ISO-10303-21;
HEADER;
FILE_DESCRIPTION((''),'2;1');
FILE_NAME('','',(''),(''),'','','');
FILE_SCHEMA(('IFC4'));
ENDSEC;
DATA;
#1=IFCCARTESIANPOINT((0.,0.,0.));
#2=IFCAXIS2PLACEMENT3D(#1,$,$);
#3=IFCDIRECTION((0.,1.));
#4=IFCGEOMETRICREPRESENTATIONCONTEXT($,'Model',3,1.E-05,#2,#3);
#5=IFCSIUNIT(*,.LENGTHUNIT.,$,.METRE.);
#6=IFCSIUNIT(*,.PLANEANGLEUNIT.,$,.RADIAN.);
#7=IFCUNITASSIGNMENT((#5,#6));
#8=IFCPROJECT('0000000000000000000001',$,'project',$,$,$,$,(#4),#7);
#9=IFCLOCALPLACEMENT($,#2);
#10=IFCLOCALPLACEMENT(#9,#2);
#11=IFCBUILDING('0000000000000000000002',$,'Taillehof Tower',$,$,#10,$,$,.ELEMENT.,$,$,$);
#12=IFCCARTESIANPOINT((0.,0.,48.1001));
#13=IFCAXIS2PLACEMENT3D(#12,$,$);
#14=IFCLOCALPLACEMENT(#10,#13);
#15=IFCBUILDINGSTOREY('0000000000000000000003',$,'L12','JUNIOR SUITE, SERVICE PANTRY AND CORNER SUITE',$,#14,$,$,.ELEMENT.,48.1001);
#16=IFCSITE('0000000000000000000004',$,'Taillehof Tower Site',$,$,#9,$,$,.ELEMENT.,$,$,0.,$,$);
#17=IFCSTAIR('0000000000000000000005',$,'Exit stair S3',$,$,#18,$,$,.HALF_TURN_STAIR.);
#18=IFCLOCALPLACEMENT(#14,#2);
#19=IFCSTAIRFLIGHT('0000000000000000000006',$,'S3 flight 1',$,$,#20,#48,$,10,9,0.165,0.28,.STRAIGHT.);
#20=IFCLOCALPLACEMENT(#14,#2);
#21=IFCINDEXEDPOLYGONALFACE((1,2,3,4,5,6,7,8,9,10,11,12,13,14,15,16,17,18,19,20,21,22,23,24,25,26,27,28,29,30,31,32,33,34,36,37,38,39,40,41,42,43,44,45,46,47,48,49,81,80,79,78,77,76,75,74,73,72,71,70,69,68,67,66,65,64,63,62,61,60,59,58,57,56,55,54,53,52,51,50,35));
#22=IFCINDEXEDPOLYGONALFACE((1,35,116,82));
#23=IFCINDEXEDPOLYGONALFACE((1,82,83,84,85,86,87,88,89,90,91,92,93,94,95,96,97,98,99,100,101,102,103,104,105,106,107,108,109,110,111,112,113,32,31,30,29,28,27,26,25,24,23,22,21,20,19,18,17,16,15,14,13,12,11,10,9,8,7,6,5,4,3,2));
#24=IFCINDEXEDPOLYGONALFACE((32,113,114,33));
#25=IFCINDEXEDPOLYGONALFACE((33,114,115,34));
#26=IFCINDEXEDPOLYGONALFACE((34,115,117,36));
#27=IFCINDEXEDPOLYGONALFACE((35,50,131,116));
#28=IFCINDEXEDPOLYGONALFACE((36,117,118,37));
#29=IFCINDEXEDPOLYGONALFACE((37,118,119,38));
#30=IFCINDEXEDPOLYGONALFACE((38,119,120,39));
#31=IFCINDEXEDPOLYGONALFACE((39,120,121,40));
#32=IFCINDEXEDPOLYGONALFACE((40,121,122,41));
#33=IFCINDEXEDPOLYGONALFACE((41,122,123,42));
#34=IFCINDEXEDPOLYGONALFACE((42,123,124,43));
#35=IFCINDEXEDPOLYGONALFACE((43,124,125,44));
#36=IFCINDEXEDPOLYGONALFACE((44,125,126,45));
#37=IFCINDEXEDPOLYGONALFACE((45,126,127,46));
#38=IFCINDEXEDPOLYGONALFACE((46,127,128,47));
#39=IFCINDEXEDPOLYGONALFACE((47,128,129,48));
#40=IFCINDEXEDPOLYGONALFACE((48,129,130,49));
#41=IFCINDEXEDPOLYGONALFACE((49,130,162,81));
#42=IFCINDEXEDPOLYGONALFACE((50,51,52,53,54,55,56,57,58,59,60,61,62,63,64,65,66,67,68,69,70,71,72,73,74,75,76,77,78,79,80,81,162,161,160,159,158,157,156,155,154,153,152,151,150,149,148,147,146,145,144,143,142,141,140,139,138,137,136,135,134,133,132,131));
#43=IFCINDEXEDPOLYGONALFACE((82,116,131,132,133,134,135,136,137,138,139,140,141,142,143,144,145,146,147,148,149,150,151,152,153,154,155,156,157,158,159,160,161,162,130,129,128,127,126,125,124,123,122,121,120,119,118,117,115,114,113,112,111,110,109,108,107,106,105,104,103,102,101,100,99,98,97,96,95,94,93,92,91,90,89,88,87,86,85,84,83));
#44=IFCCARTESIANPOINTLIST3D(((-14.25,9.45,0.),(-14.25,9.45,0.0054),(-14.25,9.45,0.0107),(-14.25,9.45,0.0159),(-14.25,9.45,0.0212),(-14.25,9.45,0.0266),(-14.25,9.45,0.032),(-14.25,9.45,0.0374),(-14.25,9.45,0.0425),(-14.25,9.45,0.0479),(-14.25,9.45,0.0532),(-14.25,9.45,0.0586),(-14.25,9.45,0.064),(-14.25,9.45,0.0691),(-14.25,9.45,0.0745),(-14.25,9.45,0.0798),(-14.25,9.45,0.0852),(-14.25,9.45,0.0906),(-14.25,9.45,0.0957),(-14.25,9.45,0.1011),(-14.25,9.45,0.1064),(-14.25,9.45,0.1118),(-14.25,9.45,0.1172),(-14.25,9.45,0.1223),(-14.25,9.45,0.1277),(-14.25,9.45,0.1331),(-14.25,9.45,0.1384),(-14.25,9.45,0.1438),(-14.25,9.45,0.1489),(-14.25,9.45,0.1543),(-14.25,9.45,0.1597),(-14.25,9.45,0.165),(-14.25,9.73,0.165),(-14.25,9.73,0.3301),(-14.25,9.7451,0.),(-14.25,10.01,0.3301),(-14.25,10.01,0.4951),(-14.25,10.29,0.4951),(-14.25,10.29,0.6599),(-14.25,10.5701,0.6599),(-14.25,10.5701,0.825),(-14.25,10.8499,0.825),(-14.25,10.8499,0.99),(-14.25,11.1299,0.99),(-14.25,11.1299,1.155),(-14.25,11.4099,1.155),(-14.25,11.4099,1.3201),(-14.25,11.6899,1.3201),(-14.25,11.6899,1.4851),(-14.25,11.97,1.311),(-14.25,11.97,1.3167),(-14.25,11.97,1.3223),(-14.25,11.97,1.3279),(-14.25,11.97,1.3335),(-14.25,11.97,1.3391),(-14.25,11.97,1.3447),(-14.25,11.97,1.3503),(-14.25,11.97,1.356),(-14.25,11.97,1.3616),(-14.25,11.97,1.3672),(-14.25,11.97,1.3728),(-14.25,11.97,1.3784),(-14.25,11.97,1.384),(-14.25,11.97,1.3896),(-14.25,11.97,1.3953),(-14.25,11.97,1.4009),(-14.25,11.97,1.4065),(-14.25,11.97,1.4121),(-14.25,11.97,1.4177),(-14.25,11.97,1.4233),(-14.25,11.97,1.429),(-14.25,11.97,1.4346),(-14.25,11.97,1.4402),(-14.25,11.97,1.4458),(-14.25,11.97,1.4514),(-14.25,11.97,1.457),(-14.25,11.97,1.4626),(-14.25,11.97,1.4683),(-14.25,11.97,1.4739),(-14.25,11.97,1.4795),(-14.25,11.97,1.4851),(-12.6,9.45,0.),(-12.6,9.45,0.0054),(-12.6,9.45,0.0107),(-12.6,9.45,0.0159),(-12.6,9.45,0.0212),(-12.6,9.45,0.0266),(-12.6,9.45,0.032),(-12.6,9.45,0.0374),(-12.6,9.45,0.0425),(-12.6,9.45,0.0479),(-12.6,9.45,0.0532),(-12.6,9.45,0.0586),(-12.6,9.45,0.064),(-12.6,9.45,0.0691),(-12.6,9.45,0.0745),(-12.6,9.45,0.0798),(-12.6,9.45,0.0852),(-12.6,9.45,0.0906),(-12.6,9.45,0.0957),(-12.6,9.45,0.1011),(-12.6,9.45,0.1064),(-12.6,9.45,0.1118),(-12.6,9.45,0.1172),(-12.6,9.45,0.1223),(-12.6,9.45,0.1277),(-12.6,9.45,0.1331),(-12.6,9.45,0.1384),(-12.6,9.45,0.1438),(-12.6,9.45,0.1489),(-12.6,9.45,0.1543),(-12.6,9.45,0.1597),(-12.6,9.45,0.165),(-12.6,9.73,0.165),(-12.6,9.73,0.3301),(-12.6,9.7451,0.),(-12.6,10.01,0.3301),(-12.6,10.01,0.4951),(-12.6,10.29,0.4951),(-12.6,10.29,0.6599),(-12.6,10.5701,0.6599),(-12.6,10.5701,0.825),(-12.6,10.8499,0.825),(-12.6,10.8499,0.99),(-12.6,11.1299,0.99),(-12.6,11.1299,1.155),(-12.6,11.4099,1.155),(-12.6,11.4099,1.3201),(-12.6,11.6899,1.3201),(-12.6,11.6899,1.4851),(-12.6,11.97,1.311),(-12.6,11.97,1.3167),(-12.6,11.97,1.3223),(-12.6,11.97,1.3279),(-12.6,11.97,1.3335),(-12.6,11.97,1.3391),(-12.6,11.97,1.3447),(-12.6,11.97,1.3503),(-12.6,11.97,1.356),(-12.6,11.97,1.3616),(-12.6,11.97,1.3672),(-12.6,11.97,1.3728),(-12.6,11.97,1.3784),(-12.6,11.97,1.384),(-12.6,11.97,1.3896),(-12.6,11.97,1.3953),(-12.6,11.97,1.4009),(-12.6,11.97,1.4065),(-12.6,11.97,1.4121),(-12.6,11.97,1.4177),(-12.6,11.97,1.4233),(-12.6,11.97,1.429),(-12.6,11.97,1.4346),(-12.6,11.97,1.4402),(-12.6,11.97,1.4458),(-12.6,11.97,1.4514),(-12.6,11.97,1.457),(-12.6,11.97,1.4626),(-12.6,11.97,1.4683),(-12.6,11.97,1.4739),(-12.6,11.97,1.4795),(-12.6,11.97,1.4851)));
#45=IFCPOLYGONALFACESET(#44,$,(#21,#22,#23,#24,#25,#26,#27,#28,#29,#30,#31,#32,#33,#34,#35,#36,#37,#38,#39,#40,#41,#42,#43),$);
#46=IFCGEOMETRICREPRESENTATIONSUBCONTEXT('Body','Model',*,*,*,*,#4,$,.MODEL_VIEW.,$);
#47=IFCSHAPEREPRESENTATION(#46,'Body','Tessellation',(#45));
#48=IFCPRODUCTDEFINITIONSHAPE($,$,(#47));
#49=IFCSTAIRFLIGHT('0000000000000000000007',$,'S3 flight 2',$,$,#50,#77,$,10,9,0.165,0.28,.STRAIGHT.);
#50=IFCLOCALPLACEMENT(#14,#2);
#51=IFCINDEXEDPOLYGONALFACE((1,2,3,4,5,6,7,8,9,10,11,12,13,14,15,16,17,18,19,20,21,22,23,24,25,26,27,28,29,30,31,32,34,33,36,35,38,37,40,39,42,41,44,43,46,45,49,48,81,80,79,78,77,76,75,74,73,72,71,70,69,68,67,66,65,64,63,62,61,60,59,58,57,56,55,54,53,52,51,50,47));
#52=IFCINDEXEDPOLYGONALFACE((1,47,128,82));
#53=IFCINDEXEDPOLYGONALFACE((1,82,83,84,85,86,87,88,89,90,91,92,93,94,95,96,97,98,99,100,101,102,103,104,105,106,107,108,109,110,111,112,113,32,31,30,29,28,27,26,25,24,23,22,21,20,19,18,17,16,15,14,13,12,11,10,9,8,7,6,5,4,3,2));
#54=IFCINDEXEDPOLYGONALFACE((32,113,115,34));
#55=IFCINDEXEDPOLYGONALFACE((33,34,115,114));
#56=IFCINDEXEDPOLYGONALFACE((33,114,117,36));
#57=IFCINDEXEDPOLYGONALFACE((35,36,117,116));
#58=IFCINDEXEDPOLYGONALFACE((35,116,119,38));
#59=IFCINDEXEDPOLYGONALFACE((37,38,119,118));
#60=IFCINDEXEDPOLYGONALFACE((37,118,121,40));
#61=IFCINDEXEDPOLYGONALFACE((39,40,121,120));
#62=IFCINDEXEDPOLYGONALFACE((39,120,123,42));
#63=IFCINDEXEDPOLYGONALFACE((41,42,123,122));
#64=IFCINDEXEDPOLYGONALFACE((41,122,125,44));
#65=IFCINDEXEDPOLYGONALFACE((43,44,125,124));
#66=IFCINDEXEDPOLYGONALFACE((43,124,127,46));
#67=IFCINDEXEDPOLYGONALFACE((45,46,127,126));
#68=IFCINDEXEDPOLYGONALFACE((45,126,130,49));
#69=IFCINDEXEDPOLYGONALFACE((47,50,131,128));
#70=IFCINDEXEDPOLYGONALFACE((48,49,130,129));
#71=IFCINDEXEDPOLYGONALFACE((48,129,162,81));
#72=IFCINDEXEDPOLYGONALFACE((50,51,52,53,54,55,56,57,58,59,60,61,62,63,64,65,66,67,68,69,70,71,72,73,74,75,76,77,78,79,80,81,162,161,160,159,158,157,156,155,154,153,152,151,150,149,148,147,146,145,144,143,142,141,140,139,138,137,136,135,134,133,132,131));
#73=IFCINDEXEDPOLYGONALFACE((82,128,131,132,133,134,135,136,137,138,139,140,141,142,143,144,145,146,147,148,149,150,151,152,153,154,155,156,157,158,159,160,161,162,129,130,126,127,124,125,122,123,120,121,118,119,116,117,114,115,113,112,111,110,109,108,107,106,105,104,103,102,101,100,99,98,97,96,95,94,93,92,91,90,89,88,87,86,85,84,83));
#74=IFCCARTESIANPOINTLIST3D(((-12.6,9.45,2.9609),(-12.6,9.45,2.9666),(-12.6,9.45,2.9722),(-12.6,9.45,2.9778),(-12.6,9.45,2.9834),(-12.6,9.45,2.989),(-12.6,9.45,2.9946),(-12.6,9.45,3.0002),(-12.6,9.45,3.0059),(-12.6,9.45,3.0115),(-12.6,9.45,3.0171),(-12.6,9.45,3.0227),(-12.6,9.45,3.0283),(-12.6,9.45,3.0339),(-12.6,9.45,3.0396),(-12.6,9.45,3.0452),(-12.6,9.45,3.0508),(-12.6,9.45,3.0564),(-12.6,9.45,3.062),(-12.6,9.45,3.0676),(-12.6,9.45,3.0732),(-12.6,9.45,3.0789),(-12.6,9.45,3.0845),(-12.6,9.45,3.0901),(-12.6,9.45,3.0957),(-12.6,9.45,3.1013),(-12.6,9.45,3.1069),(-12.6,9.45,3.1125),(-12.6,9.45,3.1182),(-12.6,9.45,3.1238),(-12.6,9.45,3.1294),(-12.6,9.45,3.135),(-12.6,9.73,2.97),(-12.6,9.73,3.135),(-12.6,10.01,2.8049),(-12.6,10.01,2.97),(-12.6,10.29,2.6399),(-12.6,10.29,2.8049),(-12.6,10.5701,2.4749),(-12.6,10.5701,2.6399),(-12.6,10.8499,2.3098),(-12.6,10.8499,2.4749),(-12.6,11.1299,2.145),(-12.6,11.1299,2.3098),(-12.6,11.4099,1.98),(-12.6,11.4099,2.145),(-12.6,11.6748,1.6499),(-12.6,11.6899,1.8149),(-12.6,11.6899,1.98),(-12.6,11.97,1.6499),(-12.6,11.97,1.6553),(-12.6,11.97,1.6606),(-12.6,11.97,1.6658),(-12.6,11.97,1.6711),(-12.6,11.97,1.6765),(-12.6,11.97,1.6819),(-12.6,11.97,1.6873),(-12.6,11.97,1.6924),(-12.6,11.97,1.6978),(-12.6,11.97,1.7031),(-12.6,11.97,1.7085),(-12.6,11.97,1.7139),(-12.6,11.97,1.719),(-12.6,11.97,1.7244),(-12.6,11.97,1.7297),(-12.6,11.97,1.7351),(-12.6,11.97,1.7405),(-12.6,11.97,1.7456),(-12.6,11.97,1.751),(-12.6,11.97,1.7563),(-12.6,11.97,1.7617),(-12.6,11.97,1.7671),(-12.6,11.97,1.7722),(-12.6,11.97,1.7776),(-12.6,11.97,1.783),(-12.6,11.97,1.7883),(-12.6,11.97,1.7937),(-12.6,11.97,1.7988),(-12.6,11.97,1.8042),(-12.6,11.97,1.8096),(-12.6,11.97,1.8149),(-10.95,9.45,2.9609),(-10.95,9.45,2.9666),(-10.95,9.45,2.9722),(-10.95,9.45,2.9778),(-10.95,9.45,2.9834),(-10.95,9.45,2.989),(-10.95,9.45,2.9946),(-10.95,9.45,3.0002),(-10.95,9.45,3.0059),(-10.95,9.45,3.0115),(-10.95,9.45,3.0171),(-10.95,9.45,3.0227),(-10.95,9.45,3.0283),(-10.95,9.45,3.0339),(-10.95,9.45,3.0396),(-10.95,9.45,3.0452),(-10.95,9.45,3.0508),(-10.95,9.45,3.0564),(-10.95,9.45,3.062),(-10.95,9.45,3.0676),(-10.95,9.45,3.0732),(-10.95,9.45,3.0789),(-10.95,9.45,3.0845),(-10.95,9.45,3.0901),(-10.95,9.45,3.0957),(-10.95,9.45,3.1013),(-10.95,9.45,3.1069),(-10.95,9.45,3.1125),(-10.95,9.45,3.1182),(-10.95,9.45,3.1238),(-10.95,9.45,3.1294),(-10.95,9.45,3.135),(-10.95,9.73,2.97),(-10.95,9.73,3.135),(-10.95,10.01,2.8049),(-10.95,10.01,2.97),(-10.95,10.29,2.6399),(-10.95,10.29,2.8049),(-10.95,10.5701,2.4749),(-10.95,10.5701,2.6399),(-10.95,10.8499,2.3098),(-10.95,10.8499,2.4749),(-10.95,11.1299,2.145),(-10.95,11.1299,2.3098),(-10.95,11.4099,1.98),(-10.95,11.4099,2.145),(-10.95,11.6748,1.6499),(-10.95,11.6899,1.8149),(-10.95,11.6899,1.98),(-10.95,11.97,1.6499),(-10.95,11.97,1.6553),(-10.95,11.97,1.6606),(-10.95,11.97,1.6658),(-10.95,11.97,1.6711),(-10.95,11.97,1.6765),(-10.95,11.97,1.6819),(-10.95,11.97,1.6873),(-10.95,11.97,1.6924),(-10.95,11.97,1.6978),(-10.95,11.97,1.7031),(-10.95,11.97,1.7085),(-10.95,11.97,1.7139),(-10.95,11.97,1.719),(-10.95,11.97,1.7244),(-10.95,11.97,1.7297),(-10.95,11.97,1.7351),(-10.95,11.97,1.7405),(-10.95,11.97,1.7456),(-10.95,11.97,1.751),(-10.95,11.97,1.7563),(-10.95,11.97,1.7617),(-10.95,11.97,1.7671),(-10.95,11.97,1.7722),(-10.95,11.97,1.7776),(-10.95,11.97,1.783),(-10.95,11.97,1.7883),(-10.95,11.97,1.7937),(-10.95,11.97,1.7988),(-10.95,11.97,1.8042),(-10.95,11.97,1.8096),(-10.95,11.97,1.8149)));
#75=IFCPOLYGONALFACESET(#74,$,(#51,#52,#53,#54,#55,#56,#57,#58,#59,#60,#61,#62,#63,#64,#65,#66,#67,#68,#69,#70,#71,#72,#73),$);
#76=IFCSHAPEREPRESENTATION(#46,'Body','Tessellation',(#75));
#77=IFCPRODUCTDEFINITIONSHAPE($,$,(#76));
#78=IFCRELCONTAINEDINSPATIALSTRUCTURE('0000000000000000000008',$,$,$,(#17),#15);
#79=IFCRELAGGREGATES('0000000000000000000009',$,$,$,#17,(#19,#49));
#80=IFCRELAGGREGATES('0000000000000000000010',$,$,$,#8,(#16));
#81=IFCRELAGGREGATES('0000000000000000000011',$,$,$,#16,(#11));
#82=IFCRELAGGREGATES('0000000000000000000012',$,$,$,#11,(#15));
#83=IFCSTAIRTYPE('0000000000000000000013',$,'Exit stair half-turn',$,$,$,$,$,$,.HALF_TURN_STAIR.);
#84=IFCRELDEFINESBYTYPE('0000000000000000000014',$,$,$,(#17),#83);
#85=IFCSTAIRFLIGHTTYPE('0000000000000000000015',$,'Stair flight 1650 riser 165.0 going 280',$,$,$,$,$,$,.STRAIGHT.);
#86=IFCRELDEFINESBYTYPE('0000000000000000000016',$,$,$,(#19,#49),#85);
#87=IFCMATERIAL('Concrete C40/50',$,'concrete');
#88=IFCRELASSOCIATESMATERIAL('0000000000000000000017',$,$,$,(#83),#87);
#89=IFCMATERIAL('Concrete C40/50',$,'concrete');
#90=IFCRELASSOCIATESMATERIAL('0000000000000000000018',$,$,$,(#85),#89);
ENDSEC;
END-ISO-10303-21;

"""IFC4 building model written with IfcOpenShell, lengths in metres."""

from ifc_helpers import new_model, si_unit, direction, frame, origin, place, context, subcontext, project, spatial, polyline, outline, extrude, material, type_object, element, aggregate, save


model = new_model("IFC4")

# Units and contexts
model_context = context("Model", 3, precision=1e-05, world=origin(), true_north=direction((0.0, 1.0)))
body_context = subcontext(model_context, "Body", "Model", "MODEL_VIEW")
ifc_project = project(units=[si_unit("LENGTHUNIT", "METRE"), si_unit("PLANEANGLEUNIT", "RADIAN")], contexts=[model_context])

# Site, building, storey
site_placement = place(None, origin())
site = spatial("IfcSite", under=ifc_project, at=site_placement, Name="Taillehof Tower Site", CompositionType="ELEMENT", RefElevation=0.0)
building_placement = place(site_placement, origin())
building = spatial("IfcBuilding", under=site, at=building_placement, Name="Taillehof Tower", CompositionType="ELEMENT")
storey_placement = place(building_placement, frame((0.0, 0.0, 48.1001)))
storey = spatial("IfcBuildingStorey", under=building, at=storey_placement, Name="L12", Description="JUNIOR SUITE, SERVICE PANTRY AND CORNER SUITE", CompositionType="ELEMENT", Elevation=48.1001)

# Stair, stair flights
ifc_material_1 = material(Name="Concrete C40/50", Category="concrete")
stair_type = type_object("IfcStairType", Name="Exit stair half-turn", PredefinedType="HALF_TURN_STAIR", material=ifc_material_1)
stair_placement = place(storey_placement, origin())
stair = element("IfcStair", 1, at=stair_placement, inside=storey, type_object=stair_type, Name="Exit stair S3", PredefinedType="HALF_TURN_STAIR")
ifc_material_2 = material(Name="Concrete C40/50", Category="concrete")
stair_flight_type = type_object("IfcStairFlightType", Name="Stair flight 1650 riser 165.0 going 280", PredefinedType="STRAIGHT", material=ifc_material_2)
stair_flight_1_placement = place(storey_placement, frame((-13.425, 9.45, 0.0), z_axis=(0.0, 0.0, 1.0), x_axis=(0.0, 1.0, 0.0)))
stair_flight_1 = element("IfcStairFlight", 2, at=stair_flight_1_placement, type_object=stair_flight_type, Name="S3 flight 1", NumberOfRisers=10, NumberOfTreads=9, PredefinedType="STRAIGHT", RiserHeight=0.165, TreadLength=0.28, context=body_context, shape_type="SweptSolid", body=[
    extrude(outline(polyline([(0.0, 0.0), (0.0, 0.0054), (0.0, 0.0107), (0.0, 0.0159), (0.0, 0.0212), (0.0, 0.0266), (0.0, 0.032), (0.0, 0.0374), (0.0, 0.0425), (0.0, 0.0479), (0.0, 0.0532), (0.0, 0.0586), (0.0, 0.064), (0.0, 0.0691), (0.0, 0.0745), (0.0, 0.0798), (0.0, 0.0852), (0.0, 0.0906), (0.0, 0.0957), (0.0, 0.1011), (0.0, 0.1064), (0.0, 0.1118), (0.0, 0.1172), (0.0, 0.1223), (0.0, 0.1277), (0.0, 0.1331), (0.0, 0.1384), (0.0, 0.1438), (0.0, 0.1489), (0.0, 0.1543), (0.0, 0.1597), (0.0, 0.165), (0.28, 0.165), (0.28, 0.3301), (0.5601, 0.3301), (0.5601, 0.4951), (0.8401, 0.4951), (0.8401, 0.6599), (1.1201, 0.6599), (1.1201, 0.825), (1.3999, 0.825), (1.3999, 0.99), (1.6799, 0.99), (1.6799, 1.155), (1.96, 1.155), (1.96, 1.3201), (2.24, 1.3201), (2.24, 1.4851), (2.52, 1.4851), (2.52, 1.4795), (2.52, 1.4739), (2.52, 1.4683), (2.52, 1.4626), (2.52, 1.457), (2.52, 1.4514), (2.52, 1.4458), (2.52, 1.4402), (2.52, 1.4346), (2.52, 1.429), (2.52, 1.4233), (2.52, 1.4177), (2.52, 1.4121), (2.52, 1.4065), (2.52, 1.4009), (2.52, 1.3953), (2.52, 1.3896), (2.52, 1.384), (2.52, 1.3784), (2.52, 1.3728), (2.52, 1.3672), (2.52, 1.3616), (2.52, 1.356), (2.52, 1.3503), (2.52, 1.3447), (2.52, 1.3391), (2.52, 1.3335), (2.52, 1.3279), (2.52, 1.3223), (2.52, 1.3167), (2.52, 1.311), (0.2952, 0.0), (0.0, 0.0)])), frame((0.0, 0.825, 0.0), z_axis=(0.0, -1.0, 0.0), x_axis=(1.0, 0.0, 0.0)), (0.0, 0.0, 1.0), 1.65),
])
stair_flight_2_placement = place(storey_placement, frame((-11.7749, 11.97, 1.6499), z_axis=(0.0, 0.0, 1.0), x_axis=(0.0, -1.0, 0.0)))
stair_flight_2 = element("IfcStairFlight", 3, at=stair_flight_2_placement, type_object=stair_flight_type, Name="S3 flight 2", NumberOfRisers=10, NumberOfTreads=9, PredefinedType="STRAIGHT", RiserHeight=0.165, TreadLength=0.28, context=body_context, shape_type="SweptSolid", body=[
    extrude(outline(polyline([(0.0, 0.0), (0.0, 0.0054), (0.0, 0.0107), (0.0, 0.0159), (0.0, 0.0212), (0.0, 0.0266), (0.0, 0.032), (0.0, 0.0374), (0.0, 0.0425), (0.0, 0.0479), (0.0, 0.0532), (0.0, 0.0586), (0.0, 0.064), (0.0, 0.0691), (0.0, 0.0745), (0.0, 0.0798), (0.0, 0.0852), (0.0, 0.0906), (0.0, 0.0957), (0.0, 0.1011), (0.0, 0.1064), (0.0, 0.1118), (0.0, 0.1172), (0.0, 0.1223), (0.0, 0.1277), (0.0, 0.1331), (0.0, 0.1384), (0.0, 0.1438), (0.0, 0.1489), (0.0, 0.1543), (0.0, 0.1597), (0.0, 0.165), (0.28, 0.165), (0.28, 0.3301), (0.5601, 0.3301), (0.5601, 0.4951), (0.8401, 0.4951), (0.8401, 0.6599), (1.1201, 0.6599), (1.1201, 0.825), (1.3999, 0.825), (1.3999, 0.99), (1.6799, 0.99), (1.6799, 1.155), (1.96, 1.155), (1.96, 1.3201), (2.24, 1.3201), (2.24, 1.4851), (2.52, 1.4851), (2.52, 1.4795), (2.52, 1.4739), (2.52, 1.4683), (2.52, 1.4626), (2.52, 1.457), (2.52, 1.4514), (2.52, 1.4458), (2.52, 1.4402), (2.52, 1.4346), (2.52, 1.429), (2.52, 1.4233), (2.52, 1.4177), (2.52, 1.4121), (2.52, 1.4065), (2.52, 1.4009), (2.52, 1.3953), (2.52, 1.3896), (2.52, 1.384), (2.52, 1.3784), (2.52, 1.3728), (2.52, 1.3672), (2.52, 1.3616), (2.52, 1.356), (2.52, 1.3503), (2.52, 1.3447), (2.52, 1.3391), (2.52, 1.3335), (2.52, 1.3279), (2.52, 1.3223), (2.52, 1.3167), (2.52, 1.311), (0.2952, 0.0), (0.0, 0.0)])), frame((0.0, 0.825, 0.0), z_axis=(0.0, -1.0, 0.0), x_axis=(1.0, 0.0, 0.0)), (0.0, 0.0, 1.0), 1.65),
])
aggregate(stair, [stair_flight_1, stair_flight_2])

save(model, "model.ifc")
